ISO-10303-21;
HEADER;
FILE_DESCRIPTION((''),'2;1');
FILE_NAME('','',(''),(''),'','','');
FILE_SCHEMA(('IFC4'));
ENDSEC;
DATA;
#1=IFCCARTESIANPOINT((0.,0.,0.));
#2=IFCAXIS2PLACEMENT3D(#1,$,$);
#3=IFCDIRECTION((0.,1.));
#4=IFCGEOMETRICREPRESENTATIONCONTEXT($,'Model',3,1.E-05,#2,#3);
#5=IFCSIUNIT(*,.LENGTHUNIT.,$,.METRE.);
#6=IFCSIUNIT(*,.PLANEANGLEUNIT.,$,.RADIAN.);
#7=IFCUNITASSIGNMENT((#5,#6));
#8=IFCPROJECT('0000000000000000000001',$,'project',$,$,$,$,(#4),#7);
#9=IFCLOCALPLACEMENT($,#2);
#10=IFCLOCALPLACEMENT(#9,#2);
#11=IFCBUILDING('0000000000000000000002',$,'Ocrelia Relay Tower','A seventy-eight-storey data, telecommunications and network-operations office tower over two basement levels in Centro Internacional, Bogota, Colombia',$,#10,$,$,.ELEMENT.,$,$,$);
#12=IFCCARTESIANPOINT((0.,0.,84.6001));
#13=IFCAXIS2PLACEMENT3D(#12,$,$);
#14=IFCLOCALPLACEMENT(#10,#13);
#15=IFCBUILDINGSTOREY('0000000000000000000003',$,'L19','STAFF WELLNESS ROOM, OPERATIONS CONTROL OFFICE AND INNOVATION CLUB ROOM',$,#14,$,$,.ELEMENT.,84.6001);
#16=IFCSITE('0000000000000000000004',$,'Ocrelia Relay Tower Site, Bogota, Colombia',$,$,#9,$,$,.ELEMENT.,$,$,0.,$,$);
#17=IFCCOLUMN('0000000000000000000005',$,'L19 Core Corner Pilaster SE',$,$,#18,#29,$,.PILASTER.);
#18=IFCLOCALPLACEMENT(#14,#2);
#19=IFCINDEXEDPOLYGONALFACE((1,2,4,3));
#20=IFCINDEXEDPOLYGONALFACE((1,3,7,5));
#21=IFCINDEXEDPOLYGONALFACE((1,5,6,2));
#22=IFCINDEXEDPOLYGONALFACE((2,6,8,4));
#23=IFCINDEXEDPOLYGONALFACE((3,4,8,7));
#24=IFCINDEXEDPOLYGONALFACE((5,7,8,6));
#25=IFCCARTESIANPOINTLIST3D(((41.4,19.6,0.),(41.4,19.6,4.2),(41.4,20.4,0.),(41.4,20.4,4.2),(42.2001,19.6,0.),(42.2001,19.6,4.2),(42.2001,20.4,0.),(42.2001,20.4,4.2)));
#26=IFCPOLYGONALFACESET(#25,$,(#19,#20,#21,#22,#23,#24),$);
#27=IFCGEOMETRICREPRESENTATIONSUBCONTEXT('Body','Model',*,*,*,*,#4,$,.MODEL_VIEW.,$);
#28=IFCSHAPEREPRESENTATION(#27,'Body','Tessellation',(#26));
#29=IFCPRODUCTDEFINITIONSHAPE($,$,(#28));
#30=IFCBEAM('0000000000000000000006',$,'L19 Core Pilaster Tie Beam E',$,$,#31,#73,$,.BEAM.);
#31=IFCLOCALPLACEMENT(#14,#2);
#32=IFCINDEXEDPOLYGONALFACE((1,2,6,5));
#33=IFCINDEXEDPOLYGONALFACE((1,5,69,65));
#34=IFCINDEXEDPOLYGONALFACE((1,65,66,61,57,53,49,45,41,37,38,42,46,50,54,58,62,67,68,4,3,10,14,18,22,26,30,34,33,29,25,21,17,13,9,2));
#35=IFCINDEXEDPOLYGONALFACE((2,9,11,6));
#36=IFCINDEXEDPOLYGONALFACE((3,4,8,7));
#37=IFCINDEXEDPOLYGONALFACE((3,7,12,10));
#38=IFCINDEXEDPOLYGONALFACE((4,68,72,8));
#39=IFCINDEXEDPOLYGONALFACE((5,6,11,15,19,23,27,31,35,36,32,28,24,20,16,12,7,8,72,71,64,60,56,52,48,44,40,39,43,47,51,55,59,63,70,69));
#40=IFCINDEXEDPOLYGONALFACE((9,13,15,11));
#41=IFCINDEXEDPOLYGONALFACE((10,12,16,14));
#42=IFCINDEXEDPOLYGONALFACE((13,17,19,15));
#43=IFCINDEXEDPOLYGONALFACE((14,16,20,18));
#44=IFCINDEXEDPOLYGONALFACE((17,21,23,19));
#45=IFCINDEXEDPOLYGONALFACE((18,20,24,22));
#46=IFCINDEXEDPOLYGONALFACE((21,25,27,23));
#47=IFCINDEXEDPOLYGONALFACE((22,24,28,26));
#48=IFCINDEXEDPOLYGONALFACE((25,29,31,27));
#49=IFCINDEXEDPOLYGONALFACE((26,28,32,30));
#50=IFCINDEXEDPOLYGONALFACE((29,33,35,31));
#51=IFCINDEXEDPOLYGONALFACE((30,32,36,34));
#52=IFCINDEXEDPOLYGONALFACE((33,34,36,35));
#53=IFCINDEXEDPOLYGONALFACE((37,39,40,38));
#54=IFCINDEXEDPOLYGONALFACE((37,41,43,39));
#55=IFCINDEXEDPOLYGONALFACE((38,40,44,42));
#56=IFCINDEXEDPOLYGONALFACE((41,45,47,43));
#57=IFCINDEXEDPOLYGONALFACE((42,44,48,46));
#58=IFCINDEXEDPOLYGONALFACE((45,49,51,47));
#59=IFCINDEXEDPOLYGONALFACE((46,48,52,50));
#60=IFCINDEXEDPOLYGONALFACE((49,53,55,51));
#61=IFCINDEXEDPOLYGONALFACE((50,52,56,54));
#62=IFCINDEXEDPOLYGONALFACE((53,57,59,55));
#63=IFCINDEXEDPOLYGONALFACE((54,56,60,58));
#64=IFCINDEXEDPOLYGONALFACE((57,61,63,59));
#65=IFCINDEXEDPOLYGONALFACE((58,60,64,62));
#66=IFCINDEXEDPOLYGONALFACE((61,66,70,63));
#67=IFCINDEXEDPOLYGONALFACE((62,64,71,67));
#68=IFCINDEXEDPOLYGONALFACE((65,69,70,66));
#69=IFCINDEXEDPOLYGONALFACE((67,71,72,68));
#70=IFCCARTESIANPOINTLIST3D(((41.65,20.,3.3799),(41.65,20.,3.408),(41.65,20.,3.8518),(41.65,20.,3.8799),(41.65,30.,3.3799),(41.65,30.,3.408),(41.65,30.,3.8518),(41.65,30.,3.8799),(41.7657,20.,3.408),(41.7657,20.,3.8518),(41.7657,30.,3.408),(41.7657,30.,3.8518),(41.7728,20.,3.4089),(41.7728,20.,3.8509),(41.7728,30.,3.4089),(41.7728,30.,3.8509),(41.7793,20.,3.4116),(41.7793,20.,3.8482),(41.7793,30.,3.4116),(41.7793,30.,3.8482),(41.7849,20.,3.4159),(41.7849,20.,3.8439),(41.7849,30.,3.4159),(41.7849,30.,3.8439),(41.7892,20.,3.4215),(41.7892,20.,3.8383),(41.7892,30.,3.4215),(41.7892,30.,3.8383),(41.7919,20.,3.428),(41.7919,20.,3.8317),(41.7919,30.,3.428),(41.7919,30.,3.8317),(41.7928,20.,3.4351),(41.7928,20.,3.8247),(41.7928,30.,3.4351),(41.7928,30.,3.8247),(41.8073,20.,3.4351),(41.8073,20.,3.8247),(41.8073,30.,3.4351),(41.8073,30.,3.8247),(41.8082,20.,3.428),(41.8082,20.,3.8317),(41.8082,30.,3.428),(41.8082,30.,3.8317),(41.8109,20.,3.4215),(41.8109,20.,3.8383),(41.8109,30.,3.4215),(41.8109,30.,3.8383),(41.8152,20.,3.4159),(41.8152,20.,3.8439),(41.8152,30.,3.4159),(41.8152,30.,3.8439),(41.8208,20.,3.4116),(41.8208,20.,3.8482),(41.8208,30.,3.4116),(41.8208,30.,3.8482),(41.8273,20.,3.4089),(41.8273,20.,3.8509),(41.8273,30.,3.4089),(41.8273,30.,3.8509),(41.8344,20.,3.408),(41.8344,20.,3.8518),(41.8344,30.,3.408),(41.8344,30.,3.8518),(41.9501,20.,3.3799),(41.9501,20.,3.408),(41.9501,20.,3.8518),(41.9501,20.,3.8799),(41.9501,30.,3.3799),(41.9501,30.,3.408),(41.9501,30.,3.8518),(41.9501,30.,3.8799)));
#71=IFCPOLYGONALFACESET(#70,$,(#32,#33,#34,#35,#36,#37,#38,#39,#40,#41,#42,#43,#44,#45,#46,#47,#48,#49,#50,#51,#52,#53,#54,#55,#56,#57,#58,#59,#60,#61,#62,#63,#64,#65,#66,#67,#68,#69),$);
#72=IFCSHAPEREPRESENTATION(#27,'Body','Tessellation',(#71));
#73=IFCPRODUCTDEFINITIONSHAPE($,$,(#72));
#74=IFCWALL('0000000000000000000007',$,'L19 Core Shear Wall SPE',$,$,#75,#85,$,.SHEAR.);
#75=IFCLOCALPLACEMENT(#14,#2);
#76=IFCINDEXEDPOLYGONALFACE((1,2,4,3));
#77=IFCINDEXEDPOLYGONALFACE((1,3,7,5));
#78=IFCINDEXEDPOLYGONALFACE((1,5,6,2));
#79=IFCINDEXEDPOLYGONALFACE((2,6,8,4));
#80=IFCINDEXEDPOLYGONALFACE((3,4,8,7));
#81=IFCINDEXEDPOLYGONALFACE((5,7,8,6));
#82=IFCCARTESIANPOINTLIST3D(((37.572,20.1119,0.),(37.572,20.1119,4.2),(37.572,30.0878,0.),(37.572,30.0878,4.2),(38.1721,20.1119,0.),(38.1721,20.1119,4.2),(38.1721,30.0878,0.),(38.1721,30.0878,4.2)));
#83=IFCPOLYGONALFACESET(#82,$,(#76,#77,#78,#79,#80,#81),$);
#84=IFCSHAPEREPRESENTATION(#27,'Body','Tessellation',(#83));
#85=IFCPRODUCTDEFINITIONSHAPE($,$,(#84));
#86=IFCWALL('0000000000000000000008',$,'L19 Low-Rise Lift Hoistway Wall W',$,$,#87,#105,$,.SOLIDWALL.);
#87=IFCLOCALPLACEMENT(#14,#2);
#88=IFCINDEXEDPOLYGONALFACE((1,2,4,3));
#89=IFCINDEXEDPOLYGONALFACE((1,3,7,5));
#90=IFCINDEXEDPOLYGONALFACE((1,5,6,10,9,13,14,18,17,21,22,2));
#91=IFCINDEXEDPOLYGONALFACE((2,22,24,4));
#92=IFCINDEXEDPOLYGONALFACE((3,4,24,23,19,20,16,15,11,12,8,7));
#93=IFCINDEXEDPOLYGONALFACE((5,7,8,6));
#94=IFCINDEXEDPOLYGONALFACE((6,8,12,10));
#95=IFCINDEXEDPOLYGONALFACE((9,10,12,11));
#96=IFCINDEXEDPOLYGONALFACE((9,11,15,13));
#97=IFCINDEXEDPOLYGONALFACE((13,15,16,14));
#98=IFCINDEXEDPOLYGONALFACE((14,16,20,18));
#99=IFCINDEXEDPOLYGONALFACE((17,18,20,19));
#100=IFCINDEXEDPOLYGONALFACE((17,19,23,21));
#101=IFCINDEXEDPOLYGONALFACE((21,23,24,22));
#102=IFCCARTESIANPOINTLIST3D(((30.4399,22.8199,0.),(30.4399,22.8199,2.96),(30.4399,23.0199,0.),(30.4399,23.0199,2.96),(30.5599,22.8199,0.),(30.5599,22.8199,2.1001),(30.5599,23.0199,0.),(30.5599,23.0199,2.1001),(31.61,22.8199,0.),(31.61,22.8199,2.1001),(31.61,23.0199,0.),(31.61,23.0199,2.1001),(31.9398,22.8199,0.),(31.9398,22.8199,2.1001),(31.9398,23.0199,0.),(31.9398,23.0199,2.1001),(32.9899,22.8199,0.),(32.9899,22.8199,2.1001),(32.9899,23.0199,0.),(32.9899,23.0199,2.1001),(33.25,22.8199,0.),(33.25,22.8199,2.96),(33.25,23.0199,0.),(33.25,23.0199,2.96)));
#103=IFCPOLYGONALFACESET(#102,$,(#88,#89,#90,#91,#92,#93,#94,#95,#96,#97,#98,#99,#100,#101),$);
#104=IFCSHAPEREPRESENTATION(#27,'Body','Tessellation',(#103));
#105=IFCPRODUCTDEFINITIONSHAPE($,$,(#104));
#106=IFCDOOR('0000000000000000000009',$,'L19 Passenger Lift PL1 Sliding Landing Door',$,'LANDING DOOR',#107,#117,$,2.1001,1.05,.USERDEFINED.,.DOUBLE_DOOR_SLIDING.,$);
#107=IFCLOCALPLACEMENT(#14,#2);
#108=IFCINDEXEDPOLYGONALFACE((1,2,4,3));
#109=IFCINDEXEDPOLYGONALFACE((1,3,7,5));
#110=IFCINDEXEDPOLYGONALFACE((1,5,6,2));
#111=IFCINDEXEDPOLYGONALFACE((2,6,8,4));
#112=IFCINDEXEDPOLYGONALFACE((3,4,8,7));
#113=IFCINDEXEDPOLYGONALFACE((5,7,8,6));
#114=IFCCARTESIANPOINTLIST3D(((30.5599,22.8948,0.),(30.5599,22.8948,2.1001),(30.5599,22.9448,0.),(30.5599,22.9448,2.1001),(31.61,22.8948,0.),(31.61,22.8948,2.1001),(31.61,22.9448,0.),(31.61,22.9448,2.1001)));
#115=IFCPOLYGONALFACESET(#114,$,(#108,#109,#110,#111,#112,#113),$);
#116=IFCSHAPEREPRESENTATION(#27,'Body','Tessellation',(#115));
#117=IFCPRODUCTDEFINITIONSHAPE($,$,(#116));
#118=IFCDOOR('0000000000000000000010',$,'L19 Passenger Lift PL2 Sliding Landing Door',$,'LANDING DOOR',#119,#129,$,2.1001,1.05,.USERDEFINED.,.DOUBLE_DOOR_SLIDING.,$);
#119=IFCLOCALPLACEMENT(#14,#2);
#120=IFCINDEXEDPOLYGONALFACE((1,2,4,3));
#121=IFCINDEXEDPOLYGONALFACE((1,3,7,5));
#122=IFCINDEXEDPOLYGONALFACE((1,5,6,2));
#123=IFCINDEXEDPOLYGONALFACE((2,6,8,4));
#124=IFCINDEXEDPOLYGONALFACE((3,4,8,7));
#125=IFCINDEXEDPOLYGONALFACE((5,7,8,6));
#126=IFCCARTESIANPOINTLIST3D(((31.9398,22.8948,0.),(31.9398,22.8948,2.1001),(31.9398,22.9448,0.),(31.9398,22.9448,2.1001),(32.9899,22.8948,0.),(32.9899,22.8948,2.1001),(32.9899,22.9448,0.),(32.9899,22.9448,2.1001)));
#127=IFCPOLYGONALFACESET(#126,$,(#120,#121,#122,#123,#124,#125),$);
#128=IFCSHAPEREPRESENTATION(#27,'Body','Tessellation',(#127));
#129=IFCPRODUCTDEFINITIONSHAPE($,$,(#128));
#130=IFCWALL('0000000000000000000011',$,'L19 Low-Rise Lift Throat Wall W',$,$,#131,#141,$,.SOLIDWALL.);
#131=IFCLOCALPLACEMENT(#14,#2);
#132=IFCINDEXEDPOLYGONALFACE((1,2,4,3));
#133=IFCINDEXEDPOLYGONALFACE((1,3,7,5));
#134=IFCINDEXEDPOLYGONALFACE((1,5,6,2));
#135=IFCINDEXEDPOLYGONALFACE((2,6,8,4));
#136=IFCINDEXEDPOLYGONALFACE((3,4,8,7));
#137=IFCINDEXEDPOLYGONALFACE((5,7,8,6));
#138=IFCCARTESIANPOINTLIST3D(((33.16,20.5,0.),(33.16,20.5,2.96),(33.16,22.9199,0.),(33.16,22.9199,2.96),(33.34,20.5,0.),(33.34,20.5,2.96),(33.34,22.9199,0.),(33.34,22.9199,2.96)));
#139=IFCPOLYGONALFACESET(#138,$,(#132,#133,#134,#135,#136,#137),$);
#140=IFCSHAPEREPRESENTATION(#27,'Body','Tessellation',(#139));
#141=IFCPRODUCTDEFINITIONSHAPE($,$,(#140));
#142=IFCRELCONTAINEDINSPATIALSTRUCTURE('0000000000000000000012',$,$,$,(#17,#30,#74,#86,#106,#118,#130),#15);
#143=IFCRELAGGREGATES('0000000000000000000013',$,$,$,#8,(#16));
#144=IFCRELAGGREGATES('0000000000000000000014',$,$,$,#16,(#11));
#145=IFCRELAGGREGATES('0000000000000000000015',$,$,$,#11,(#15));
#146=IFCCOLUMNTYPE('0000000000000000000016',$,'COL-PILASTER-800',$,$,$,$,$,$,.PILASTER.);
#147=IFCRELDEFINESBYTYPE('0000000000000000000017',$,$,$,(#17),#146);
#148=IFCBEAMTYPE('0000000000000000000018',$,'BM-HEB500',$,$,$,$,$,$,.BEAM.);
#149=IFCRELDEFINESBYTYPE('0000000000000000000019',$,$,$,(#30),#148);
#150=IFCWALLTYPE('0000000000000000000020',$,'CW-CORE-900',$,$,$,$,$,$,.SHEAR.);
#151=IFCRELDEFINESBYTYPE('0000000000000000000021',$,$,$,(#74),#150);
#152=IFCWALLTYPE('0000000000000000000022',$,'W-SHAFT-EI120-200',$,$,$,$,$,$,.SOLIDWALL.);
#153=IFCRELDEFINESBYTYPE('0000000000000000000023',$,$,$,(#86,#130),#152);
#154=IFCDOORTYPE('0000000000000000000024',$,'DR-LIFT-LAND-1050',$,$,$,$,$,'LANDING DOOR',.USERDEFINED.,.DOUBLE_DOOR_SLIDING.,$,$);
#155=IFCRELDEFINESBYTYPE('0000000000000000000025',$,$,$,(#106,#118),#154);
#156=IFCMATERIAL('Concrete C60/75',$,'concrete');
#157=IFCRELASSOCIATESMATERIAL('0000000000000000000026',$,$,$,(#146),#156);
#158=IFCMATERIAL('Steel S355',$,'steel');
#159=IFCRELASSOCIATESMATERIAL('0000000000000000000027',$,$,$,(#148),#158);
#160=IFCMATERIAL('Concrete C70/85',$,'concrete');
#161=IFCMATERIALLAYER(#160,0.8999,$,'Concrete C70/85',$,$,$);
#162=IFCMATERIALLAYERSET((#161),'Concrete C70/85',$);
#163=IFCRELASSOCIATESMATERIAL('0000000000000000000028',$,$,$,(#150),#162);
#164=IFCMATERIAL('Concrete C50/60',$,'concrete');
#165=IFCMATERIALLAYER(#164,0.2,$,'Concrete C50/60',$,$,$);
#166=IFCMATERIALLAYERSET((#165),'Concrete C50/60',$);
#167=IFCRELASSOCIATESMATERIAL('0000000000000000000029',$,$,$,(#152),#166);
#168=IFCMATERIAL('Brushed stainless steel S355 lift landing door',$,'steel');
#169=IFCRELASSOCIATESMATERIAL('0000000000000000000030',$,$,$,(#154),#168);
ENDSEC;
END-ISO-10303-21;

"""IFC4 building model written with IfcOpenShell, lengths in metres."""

from ifc_helpers import new_model, si_unit, direction, frame, frame_2d, origin, origin_2d, place, context, subcontext, project, spatial, rectangle, i_section, extrude, material, layer, layer_set, material_profile, profile_set, type_object, element, fill, save


model = new_model("IFC4")

# Units and contexts
model_context = context("Model", 3, precision=1e-05, world=origin(), true_north=direction((0.0, 1.0)))
body_context = subcontext(model_context, "Body", "Model", "MODEL_VIEW")
ifc_project = project(units=[si_unit("LENGTHUNIT", "METRE"), si_unit("PLANEANGLEUNIT", "RADIAN")], contexts=[model_context])

# Site, building, storey
site_placement = place(None, origin())
site = spatial("IfcSite", under=ifc_project, at=site_placement, Name="Ocrelia Relay Tower Site, Bogota, Colombia", CompositionType="ELEMENT", RefElevation=0.0)
building_placement = place(site_placement, origin())
building = spatial("IfcBuilding", under=site, at=building_placement, Name="Ocrelia Relay Tower", Description="A seventy-eight-storey data, telecommunications and network-operations office tower over two basement levels in Centro Internacional, Bogota, Colombia", CompositionType="ELEMENT")
storey_placement = place(building_placement, frame((0.0, 0.0, 84.6001)))
storey = spatial("IfcBuildingStorey", under=building, at=storey_placement, Name="L19", Description="STAFF WELLNESS ROOM, OPERATIONS CONTROL OFFICE AND INNOVATION CLUB ROOM", CompositionType="ELEMENT", Elevation=84.6001)

# Column
ifc_material_1 = material(Name="Concrete C60/75", Category="concrete")
ifc_material_profile_1 = material_profile(ifc_material_1, rectangle(XDim=0.8, YDim=0.8, at=origin_2d()), Name="RC-COL-800x800")
ifc_profile_set_1 = profile_set([ifc_material_profile_1], Name="Concrete C60/75")
column_type = type_object("IfcColumnType", Name="COL-PILASTER-800", PredefinedType="PILASTER", material=ifc_profile_set_1)
column_placement = place(storey_placement, frame((41.8, 20.0, 0.0), z_axis=(0.0, 0.0, 1.0), x_axis=(1.0, 0.0, 0.0)))
element("IfcColumn", 1, at=column_placement, inside=storey, type_object=column_type, Name="L19 Core Corner Pilaster SE", PredefinedType="PILASTER", context=body_context, shape_type="SweptSolid", body=[
    extrude(rectangle(XDim=0.8, YDim=0.8, at=origin_2d()), origin(), (0.0, 0.0, 1.0), 4.2),
])

# Beam
ifc_material_2 = material(Name="Steel S355", Category="steel")
ifc_material_profile_2 = material_profile(ifc_material_2, i_section(OverallWidth=0.3, OverallDepth=0.5, WebThickness=0.0144, FlangeThickness=0.0281, FilletRadius=0.0271, at=origin_2d()), Name="HEB 500")
ifc_profile_set_2 = profile_set([ifc_material_profile_2], Name="Steel S355")
beam_type = type_object("IfcBeamType", Name="BM-HEB500", PredefinedType="BEAM", material=ifc_profile_set_2)
beam_placement = place(storey_placement, frame((41.8, 20.0, 3.6299), z_axis=(0.0, 1.0, 0.0), x_axis=(-1.0, 0.0, 0.0)))
element("IfcBeam", 2, at=beam_placement, inside=storey, type_object=beam_type, Name="L19 Core Pilaster Tie Beam E", PredefinedType="BEAM", context=body_context, shape_type="SweptSolid", body=[
    extrude(i_section(OverallWidth=0.3, OverallDepth=0.5, WebThickness=0.0144, FlangeThickness=0.0281, FilletRadius=0.0271, at=origin_2d()), origin(), (0.0, 0.0, 1.0), 10.0),
])

# Wall
ifc_material_3 = material(Name="Concrete C70/85", Category="concrete")
ifc_layer_1 = layer(ifc_material_3, 0.8999, Name="Concrete C70/85")
ifc_layer_set_1 = layer_set([ifc_layer_1], Name="Concrete C70/85")
wall_type_1 = type_object("IfcWallType", Name="CW-CORE-900", PredefinedType="SHEAR", material=ifc_layer_set_1)
wall_1_placement = place(storey_placement, frame((37.8721, 20.1121, 0.0), z_axis=(0.0, 0.0, 1.0), x_axis=(0.0, 1.0, 0.0)))
element("IfcWall", 3, at=wall_1_placement, inside=storey, type_object=wall_type_1, Name="L19 Core Shear Wall SPE", PredefinedType="SHEAR", context=body_context, shape_type="SweptSolid", body=[
    extrude(rectangle(XDim=9.9758, YDim=0.6001, at=frame_2d((4.9878, 0.0))), origin(), (0.0, 0.0, 1.0), 4.2),
])

# Wall, openings, doors
ifc_material_4 = material(Name="Concrete C50/60", Category="concrete")
ifc_layer_2 = layer(ifc_material_4, 0.2, Name="Concrete C50/60")
ifc_layer_set_2 = layer_set([ifc_layer_2], Name="Concrete C50/60")
wall_type_2 = type_object("IfcWallType", Name="W-SHAFT-EI120-200", PredefinedType="SOLIDWALL", material=ifc_layer_set_2)
wall_2_placement = place(storey_placement, frame((30.4399, 22.9199, 0.0), z_axis=(0.0, 0.0, 1.0), x_axis=(1.0, 0.0, 0.0)))
wall_2 = element("IfcWall", 4, at=wall_2_placement, inside=storey, type_object=wall_type_2, Name="L19 Low-Rise Lift Hoistway Wall W", PredefinedType="SOLIDWALL", context=body_context, shape_type="SweptSolid", body=[
    extrude(rectangle(XDim=2.8101, YDim=0.2, at=frame_2d((1.405, 0.0))), origin(), (0.0, 0.0, 1.0), 2.96),
])
opening_1_placement = place(wall_2_placement, frame((0.1201, 0.0, 0.0)))
opening_1 = element("IfcOpeningElement", 5, at=opening_1_placement, cuts=wall_2, PredefinedType="OPENING", context=body_context, shape_type="SweptSolid", body=[
    extrude(rectangle(XDim=1.05, YDim=2.1001, at=frame_2d((0.5249, 1.05))), frame((0.0, 0.1099, 0.0), z_axis=(0.0, -1.0, 0.0), x_axis=(1.0, 0.0, 0.0)), (0.0, 0.0, 1.0), 0.22),
])
opening_2_placement = place(wall_2_placement, frame((1.5, 0.0, 0.0)))
opening_2 = element("IfcOpeningElement", 6, at=opening_2_placement, cuts=wall_2, PredefinedType="OPENING", context=body_context, shape_type="SweptSolid", body=[
    extrude(rectangle(XDim=1.05, YDim=2.1001, at=frame_2d((0.5249, 1.05))), frame((0.0, 0.1099, 0.0), z_axis=(0.0, -1.0, 0.0), x_axis=(1.0, 0.0, 0.0)), (0.0, 0.0, 1.0), 0.22),
])
ifc_material_5 = material(Name="Brushed stainless steel S355 lift landing door", Category="steel")
door_type = type_object("IfcDoorType", Name="DR-LIFT-LAND-1050", ElementType="LANDING DOOR", OperationType="DOUBLE_DOOR_SLIDING", PredefinedType="USERDEFINED", material=ifc_material_5)
door_1_placement = place(opening_1_placement, origin())
door_1 = element("IfcDoor", 7, at=door_1_placement, inside=storey, type_object=door_type, Name="L19 Passenger Lift PL1 Sliding Landing Door", ObjectType="LANDING DOOR", OperationType="DOUBLE_DOOR_SLIDING", OverallHeight=2.1001, OverallWidth=1.05, PredefinedType="USERDEFINED", context=body_context, shape_type="SweptSolid", body=[
    extrude(rectangle(XDim=1.05, YDim=2.1001, at=frame_2d((0.5249, 1.05))), frame((0.0, 0.0249, 0.0), z_axis=(0.0, -1.0, 0.0), x_axis=(1.0, 0.0, 0.0)), (0.0, 0.0, 1.0), 0.05),
])
fill(opening_1, door_1)
door_2_placement = place(opening_2_placement, origin())
door_2 = element("IfcDoor", 8, at=door_2_placement, inside=storey, type_object=door_type, Name="L19 Passenger Lift PL2 Sliding Landing Door", ObjectType="LANDING DOOR", OperationType="DOUBLE_DOOR_SLIDING", OverallHeight=2.1001, OverallWidth=1.05, PredefinedType="USERDEFINED", context=body_context, shape_type="SweptSolid", body=[
    extrude(rectangle(XDim=1.05, YDim=2.1001, at=frame_2d((0.5249, 1.05))), frame((0.0, 0.0249, 0.0), z_axis=(0.0, -1.0, 0.0), x_axis=(1.0, 0.0, 0.0)), (0.0, 0.0, 1.0), 0.05),
])
fill(opening_2, door_2)

# Wall
wall_3_placement = place(storey_placement, frame((33.25, 20.5, 0.0), z_axis=(0.0, 0.0, 1.0), x_axis=(0.0, 1.0, 0.0)))
element("IfcWall", 9, at=wall_3_placement, inside=storey, type_object=wall_type_2, Name="L19 Low-Rise Lift Throat Wall W", PredefinedType="SOLIDWALL", context=body_context, shape_type="SweptSolid", body=[
    extrude(rectangle(XDim=2.4199, YDim=0.1799, at=frame_2d((1.21, 0.0))), origin(), (0.0, 0.0, 1.0), 2.96),
])

save(model, "model.ifc")
